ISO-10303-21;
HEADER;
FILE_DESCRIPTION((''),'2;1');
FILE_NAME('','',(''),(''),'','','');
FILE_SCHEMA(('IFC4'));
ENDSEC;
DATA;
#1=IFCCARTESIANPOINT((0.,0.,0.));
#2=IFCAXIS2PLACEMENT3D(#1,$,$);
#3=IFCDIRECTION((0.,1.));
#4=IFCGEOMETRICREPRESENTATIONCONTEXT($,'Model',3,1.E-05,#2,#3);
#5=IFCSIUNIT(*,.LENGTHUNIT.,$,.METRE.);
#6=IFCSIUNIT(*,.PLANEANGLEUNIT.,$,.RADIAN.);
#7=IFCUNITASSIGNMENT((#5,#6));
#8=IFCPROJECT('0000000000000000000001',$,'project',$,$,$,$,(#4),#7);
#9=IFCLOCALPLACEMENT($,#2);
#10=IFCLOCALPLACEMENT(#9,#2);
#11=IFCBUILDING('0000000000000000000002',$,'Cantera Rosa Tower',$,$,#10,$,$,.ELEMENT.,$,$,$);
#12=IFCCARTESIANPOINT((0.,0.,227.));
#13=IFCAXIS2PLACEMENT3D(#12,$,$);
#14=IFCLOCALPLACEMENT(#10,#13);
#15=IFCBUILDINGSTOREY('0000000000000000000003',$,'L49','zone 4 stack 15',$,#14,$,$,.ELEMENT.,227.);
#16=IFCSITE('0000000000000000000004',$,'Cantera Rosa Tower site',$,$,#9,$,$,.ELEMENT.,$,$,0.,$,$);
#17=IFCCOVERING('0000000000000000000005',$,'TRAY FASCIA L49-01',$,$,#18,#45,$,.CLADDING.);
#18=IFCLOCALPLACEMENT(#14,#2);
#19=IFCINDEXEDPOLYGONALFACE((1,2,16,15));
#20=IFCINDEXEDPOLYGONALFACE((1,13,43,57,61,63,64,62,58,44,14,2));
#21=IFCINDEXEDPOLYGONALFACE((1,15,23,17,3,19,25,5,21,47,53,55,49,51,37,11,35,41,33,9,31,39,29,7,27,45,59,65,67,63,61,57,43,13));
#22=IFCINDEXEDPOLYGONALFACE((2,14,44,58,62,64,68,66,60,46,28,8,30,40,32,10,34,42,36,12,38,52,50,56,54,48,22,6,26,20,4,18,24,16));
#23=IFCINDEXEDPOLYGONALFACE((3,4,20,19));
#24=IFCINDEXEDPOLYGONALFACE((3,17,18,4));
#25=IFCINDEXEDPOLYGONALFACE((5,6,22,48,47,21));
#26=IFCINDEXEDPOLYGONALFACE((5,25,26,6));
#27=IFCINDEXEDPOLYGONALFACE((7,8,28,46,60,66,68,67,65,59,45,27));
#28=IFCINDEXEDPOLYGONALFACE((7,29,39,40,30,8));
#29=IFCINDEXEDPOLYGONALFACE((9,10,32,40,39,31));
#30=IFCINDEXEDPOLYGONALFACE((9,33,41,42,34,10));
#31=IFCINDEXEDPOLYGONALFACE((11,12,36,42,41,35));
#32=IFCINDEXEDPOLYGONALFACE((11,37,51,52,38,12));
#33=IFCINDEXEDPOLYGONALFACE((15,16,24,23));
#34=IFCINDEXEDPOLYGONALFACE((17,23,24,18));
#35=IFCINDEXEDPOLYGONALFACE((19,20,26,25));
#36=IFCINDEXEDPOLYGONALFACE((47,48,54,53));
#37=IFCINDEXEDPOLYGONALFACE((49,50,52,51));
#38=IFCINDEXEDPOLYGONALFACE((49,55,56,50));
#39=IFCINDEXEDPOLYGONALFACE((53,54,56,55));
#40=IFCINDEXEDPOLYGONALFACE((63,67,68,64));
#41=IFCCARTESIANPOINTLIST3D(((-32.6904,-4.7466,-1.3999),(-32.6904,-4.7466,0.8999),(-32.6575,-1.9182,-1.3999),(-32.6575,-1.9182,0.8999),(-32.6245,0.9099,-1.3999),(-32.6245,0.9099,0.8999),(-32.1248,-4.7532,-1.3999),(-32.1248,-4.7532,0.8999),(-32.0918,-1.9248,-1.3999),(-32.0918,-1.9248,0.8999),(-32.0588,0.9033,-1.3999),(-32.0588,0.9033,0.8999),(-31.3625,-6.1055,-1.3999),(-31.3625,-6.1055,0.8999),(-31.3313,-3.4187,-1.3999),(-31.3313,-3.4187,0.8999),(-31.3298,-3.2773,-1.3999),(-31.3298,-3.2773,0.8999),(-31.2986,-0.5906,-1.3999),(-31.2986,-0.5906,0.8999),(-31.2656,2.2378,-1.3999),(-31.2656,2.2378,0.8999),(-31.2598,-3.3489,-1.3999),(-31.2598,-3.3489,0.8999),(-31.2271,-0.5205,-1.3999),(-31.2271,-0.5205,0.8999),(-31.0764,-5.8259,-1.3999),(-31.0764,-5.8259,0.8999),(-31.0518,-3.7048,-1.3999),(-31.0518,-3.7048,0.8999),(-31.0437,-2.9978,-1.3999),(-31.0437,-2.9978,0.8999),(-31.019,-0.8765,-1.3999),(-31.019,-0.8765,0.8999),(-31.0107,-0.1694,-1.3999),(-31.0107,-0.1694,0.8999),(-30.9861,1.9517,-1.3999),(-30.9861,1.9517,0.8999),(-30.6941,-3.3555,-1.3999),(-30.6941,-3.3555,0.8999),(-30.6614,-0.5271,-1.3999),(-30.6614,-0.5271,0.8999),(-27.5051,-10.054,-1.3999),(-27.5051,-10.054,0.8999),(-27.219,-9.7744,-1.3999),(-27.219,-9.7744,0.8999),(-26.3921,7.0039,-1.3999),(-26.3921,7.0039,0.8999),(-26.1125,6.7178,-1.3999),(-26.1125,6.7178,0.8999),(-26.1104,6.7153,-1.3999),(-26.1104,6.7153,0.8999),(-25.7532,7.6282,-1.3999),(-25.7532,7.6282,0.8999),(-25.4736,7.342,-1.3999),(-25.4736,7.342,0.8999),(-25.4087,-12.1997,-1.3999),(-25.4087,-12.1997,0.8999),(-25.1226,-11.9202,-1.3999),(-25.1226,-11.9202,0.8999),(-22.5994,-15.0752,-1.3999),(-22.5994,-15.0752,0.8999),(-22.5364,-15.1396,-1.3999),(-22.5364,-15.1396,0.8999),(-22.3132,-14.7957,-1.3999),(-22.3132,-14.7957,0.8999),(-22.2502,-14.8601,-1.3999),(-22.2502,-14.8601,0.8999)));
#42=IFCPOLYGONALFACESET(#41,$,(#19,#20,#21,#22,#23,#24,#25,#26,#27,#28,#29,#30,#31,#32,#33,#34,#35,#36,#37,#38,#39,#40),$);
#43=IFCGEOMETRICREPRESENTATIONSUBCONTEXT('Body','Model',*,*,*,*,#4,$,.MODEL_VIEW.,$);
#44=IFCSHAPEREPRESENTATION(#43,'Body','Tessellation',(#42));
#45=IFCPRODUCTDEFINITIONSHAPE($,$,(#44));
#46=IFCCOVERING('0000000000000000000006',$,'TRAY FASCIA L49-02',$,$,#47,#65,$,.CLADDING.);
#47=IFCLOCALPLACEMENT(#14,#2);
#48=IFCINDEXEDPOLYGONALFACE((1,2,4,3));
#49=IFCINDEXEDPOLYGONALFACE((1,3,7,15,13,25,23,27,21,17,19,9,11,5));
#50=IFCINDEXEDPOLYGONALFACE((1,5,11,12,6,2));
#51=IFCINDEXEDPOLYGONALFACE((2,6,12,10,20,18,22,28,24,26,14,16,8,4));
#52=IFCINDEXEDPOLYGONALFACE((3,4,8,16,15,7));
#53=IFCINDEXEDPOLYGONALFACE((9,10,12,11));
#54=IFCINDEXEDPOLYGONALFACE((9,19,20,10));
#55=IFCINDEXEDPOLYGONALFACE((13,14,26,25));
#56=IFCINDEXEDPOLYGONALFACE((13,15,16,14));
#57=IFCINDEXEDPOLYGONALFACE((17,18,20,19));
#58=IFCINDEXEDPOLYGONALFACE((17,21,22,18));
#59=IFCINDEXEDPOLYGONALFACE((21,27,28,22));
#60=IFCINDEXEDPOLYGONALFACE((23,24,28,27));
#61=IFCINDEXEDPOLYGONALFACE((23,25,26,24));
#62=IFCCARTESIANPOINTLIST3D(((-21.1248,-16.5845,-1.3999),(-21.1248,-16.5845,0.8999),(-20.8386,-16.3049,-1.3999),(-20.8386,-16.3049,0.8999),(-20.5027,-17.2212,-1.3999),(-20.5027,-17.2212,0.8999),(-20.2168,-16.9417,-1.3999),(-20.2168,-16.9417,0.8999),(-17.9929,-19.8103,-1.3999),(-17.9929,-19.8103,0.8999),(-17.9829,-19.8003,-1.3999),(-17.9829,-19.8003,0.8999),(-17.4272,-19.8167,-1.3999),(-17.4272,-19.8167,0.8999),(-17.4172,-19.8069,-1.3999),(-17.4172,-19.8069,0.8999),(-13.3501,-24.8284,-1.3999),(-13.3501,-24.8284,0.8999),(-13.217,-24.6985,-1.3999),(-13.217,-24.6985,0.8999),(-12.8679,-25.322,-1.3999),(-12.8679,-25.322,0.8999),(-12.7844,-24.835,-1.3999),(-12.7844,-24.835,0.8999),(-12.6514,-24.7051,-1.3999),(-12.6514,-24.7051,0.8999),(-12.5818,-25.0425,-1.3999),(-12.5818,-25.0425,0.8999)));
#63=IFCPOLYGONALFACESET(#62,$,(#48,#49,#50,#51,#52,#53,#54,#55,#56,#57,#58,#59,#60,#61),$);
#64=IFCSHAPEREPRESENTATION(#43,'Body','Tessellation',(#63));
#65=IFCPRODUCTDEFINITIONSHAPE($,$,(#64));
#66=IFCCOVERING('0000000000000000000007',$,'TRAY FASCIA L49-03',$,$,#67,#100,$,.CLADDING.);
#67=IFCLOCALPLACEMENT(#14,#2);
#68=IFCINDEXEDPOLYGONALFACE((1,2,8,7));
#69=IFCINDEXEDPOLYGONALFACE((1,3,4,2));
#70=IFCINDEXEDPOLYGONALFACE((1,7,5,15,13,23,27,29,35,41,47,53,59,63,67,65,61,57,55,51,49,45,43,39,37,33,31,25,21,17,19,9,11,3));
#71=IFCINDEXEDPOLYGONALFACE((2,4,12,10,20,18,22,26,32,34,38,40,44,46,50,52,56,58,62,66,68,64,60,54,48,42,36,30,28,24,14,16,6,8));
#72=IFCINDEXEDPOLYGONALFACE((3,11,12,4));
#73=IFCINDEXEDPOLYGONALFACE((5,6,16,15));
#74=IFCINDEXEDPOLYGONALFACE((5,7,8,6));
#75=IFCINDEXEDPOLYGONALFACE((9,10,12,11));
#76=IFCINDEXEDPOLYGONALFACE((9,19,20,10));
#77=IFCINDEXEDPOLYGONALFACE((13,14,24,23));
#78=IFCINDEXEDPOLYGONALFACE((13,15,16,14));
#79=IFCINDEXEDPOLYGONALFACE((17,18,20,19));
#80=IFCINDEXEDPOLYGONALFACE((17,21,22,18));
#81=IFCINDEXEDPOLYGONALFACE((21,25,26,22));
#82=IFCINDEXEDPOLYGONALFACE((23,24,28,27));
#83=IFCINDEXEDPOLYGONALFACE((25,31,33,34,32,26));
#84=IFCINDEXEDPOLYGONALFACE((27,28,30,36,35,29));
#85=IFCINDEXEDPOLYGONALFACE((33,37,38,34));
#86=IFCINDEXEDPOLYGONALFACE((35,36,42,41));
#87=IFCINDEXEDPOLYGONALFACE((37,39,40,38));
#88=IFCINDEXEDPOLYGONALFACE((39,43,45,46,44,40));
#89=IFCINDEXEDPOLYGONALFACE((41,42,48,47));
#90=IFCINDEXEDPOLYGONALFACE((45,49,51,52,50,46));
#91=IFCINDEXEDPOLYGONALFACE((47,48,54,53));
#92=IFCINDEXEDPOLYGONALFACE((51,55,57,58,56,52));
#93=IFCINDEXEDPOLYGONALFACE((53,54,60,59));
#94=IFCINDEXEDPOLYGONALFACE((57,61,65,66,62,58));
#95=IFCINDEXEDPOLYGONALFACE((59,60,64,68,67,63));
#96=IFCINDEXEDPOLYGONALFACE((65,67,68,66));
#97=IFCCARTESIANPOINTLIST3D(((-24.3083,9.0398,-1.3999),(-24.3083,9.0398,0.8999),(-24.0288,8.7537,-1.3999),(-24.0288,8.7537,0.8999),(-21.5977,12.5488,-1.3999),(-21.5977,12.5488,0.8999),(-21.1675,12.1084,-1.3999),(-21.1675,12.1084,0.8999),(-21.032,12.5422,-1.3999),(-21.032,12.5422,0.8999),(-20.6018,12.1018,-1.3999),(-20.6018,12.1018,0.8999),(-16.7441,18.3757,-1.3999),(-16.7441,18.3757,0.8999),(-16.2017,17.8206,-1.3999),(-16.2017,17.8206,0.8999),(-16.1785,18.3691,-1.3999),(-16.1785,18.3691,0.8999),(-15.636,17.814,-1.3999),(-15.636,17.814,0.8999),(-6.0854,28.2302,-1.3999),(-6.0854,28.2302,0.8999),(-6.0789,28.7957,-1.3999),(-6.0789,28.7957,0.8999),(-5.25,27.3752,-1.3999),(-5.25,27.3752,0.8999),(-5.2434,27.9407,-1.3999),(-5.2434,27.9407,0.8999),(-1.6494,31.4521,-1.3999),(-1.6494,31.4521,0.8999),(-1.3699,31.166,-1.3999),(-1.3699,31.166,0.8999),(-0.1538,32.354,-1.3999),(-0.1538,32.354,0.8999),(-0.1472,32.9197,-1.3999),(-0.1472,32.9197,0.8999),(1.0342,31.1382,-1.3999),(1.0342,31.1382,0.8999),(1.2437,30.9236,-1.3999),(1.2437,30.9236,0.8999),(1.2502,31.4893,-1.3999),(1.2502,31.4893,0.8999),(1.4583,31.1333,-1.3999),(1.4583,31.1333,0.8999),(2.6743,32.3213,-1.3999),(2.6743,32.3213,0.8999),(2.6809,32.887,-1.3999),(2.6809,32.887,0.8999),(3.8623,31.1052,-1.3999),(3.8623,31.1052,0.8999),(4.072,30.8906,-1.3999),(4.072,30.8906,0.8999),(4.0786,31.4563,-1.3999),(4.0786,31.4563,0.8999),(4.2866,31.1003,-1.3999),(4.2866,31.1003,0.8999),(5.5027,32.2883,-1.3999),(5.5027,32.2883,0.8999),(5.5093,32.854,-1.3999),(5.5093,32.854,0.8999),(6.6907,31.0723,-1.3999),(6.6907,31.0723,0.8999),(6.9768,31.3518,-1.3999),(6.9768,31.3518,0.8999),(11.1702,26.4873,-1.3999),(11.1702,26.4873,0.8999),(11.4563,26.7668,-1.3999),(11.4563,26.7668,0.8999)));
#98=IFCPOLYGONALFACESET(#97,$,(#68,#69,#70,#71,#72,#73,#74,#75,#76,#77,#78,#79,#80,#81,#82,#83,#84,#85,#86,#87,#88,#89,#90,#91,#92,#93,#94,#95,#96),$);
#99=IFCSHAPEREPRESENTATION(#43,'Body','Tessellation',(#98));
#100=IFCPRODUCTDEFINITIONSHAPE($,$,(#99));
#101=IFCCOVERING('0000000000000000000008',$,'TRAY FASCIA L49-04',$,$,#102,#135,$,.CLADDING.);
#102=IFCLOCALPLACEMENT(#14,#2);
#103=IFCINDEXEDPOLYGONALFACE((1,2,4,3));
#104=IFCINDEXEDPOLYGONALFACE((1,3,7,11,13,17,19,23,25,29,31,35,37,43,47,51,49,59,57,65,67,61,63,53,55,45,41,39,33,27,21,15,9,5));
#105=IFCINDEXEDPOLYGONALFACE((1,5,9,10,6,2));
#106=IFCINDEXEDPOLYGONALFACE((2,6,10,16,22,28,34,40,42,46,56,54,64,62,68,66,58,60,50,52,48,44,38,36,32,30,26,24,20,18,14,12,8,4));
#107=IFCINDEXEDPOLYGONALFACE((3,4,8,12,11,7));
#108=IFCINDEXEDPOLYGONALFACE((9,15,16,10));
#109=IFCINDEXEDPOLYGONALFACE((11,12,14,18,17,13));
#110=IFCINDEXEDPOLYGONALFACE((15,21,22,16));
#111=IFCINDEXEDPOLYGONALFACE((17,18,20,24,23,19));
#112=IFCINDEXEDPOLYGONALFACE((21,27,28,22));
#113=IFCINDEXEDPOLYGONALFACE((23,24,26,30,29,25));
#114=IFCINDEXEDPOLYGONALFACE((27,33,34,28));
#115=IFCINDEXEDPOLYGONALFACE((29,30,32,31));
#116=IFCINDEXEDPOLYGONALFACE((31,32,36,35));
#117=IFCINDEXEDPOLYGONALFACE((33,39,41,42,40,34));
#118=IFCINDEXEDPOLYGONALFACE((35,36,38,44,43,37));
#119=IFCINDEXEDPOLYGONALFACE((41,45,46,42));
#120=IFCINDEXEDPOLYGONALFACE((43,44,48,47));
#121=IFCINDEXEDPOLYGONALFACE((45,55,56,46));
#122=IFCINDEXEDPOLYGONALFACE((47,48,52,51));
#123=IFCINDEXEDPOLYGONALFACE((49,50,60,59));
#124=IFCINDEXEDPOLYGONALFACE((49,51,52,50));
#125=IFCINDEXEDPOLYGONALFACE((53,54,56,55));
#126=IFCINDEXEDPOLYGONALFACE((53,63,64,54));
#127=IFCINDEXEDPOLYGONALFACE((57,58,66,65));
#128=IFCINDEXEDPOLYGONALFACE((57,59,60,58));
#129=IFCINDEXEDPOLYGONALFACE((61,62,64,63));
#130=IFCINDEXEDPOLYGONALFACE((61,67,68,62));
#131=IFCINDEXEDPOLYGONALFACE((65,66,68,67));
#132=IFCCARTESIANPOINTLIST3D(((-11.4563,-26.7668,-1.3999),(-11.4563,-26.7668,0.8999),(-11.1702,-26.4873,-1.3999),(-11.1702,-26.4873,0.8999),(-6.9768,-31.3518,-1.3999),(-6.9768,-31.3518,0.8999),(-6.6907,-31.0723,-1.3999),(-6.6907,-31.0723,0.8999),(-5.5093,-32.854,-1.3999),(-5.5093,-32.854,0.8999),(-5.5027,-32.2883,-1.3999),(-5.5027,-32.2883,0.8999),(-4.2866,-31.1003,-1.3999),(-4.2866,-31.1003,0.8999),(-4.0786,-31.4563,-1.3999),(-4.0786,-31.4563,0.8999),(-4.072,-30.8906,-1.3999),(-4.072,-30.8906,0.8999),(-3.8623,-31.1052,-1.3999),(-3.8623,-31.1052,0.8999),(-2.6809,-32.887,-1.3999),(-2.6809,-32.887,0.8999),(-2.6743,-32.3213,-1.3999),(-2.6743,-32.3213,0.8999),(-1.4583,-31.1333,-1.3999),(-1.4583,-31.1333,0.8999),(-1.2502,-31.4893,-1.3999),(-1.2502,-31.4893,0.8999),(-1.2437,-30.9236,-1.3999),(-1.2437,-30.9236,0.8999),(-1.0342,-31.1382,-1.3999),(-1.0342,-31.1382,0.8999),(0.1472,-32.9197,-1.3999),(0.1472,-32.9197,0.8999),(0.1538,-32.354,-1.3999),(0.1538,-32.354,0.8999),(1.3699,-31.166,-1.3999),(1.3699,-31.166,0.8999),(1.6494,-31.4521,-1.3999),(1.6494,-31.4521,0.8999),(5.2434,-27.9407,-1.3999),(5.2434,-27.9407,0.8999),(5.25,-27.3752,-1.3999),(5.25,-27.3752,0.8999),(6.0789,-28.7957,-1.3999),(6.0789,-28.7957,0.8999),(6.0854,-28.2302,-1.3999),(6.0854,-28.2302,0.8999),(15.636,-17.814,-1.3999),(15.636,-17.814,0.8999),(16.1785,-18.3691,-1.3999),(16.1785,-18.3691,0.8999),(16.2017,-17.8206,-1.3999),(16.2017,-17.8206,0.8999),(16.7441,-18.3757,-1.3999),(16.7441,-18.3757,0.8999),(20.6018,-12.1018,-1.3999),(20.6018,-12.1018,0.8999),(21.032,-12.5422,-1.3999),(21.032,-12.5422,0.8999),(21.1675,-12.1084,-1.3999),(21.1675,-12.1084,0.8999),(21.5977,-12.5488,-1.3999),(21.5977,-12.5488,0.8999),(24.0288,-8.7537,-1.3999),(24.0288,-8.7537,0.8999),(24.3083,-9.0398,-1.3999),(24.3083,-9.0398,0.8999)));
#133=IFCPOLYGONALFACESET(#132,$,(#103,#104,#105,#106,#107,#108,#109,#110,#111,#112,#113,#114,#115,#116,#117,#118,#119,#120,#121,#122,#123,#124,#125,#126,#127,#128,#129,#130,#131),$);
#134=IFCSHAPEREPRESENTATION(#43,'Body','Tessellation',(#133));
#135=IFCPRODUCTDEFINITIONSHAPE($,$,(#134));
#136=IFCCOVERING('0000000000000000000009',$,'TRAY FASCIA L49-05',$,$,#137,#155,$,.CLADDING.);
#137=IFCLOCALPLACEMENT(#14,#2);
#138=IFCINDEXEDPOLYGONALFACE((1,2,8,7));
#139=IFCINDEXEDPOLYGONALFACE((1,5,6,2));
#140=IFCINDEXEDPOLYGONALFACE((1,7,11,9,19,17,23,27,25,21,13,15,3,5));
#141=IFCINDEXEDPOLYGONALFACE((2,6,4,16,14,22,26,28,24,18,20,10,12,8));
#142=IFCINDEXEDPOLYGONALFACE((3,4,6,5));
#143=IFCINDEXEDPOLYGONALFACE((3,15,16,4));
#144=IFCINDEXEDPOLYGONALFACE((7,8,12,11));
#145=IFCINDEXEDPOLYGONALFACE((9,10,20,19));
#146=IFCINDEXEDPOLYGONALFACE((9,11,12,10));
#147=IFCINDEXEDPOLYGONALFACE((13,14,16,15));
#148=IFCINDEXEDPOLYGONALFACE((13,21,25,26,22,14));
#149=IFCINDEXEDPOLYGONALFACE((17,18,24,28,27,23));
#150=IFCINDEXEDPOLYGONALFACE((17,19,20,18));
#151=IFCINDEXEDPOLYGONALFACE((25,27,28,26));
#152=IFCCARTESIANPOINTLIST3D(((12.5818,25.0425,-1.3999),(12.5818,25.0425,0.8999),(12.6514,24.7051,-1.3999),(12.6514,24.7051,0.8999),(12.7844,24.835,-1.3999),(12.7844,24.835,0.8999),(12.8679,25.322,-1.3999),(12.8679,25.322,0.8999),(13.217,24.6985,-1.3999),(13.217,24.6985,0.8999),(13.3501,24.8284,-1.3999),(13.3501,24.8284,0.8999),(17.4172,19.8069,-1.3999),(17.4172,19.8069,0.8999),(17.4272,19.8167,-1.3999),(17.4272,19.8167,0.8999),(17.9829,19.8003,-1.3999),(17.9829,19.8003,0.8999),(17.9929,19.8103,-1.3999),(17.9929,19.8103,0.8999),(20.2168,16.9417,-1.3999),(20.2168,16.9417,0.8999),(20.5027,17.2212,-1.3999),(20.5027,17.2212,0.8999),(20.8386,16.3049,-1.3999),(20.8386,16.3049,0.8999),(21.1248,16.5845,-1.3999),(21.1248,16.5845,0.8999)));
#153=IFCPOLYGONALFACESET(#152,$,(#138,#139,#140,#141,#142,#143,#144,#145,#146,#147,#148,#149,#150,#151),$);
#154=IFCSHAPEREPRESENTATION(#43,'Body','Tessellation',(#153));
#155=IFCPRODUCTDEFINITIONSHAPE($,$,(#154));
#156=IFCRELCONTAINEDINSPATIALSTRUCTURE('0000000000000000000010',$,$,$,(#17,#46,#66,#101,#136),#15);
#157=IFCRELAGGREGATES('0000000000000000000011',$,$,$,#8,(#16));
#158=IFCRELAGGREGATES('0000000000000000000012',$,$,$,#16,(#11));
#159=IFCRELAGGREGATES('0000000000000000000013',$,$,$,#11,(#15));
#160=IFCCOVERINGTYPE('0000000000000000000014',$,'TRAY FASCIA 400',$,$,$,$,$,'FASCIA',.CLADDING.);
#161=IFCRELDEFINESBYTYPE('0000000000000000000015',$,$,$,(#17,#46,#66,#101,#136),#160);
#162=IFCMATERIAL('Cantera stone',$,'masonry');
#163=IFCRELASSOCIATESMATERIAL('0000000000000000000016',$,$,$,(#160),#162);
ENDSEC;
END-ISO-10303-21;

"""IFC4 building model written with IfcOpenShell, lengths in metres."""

from ifc_helpers import new_model, si_unit, direction, frame, origin, place, context, subcontext, project, spatial, polyline, outline, extrude, material, type_object, element, save


model = new_model("IFC4")

# Units and contexts
model_context = context("Model", 3, precision=1e-05, world=origin(), true_north=direction((0.0, 1.0)))
body_context = subcontext(model_context, "Body", "Model", "MODEL_VIEW")
ifc_project = project(units=[si_unit("LENGTHUNIT", "METRE"), si_unit("PLANEANGLEUNIT", "RADIAN")], contexts=[model_context])

# Site, building, storey
site_placement = place(None, origin())
site = spatial("IfcSite", under=ifc_project, at=site_placement, Name="Cantera Rosa Tower site", CompositionType="ELEMENT", RefElevation=0.0)
building_placement = place(site_placement, origin())
building = spatial("IfcBuilding", under=site, at=building_placement, Name="Cantera Rosa Tower", CompositionType="ELEMENT")
storey_placement = place(building_placement, frame((0.0, 0.0, 227.0)))
storey = spatial("IfcBuildingStorey", under=building, at=storey_placement, Name="L49", Description="zone 4 stack 15", CompositionType="ELEMENT", Elevation=227.0)

# Coverings
ifc_material_1 = material(Name="Cantera stone", Category="masonry")
covering_type = type_object("IfcCoveringType", Name="TRAY FASCIA 400", ElementType="FASCIA", PredefinedType="CLADDING", material=ifc_material_1)
covering_1_placement = place(storey_placement, frame((0.0, 0.0, -1.3999)))
element("IfcCovering", 1, at=covering_1_placement, inside=storey, type_object=covering_type, Name="TRAY FASCIA L49-01", PredefinedType="CLADDING", context=body_context, shape_type="SweptSolid", body=[
    extrude(outline(polyline([(-22.5994, -15.0752), (-25.4087, -12.1997), (-27.5051, -10.054), (-31.3625, -6.1055), (-32.6904, -4.7466), (-31.3313, -3.4187), (-31.2598, -3.3489), (-31.3298, -3.2773), (-32.6575, -1.9182), (-31.2986, -0.5906), (-31.2271, -0.5205), (-32.6245, 0.9099), (-31.2656, 2.2378), (-26.3921, 7.0039), (-25.7532, 7.6282), (-25.4736, 7.342), (-26.1125, 6.7178), (-26.1104, 6.7153), (-30.9861, 1.9517), (-32.0588, 0.9033), (-31.0107, -0.1694), (-30.6614, -0.5271), (-31.019, -0.8765), (-32.0918, -1.9248), (-31.0437, -2.9978), (-30.6941, -3.3555), (-31.0518, -3.7048), (-32.1248, -4.7532), (-31.0764, -5.8259), (-27.219, -9.7744), (-25.1226, -11.9202), (-22.3132, -14.7957), (-22.2502, -14.8601), (-22.5364, -15.1396), (-22.5994, -15.0752)])), origin(), (0.0, 0.0, 1.0), 2.2998),
])
covering_2_placement = place(storey_placement, frame((0.0, 0.0, -1.3999)))
element("IfcCovering", 2, at=covering_2_placement, inside=storey, type_object=covering_type, Name="TRAY FASCIA L49-02", PredefinedType="CLADDING", context=body_context, shape_type="SweptSolid", body=[
    extrude(outline(polyline([(-21.1248, -16.5845), (-20.8386, -16.3049), (-20.2168, -16.9417), (-17.4172, -19.8069), (-17.4272, -19.8167), (-12.6514, -24.7051), (-12.7844, -24.835), (-12.5818, -25.0425), (-12.8679, -25.322), (-13.3501, -24.8284), (-13.217, -24.6985), (-17.9929, -19.8103), (-17.9829, -19.8003), (-20.5027, -17.2212), (-21.1248, -16.5845)])), origin(), (0.0, 0.0, 1.0), 2.2998),
])
covering_3_placement = place(storey_placement, frame((0.0, 0.0, -1.3999)))
element("IfcCovering", 3, at=covering_3_placement, inside=storey, type_object=covering_type, Name="TRAY FASCIA L49-03", PredefinedType="CLADDING", context=body_context, shape_type="SweptSolid", body=[
    extrude(outline(polyline([(-21.1675, 12.1084), (-21.5977, 12.5488), (-16.2017, 17.8206), (-16.7441, 18.3757), (-6.0789, 28.7957), (-5.2434, 27.9407), (-1.6494, 31.4521), (-0.1472, 32.9197), (1.2502, 31.4893), (2.6809, 32.887), (4.0786, 31.4563), (5.5093, 32.854), (6.9768, 31.3518), (11.4563, 26.7668), (11.1702, 26.4873), (6.6907, 31.0723), (5.5027, 32.2883), (4.2866, 31.1003), (4.072, 30.8906), (3.8623, 31.1052), (2.6743, 32.3213), (1.4583, 31.1333), (1.2437, 30.9236), (1.0342, 31.1382), (-0.1538, 32.354), (-1.3699, 31.166), (-5.25, 27.3752), (-6.0854, 28.2302), (-16.1785, 18.3691), (-15.636, 17.814), (-21.032, 12.5422), (-20.6018, 12.1018), (-24.0288, 8.7537), (-24.3083, 9.0398), (-21.1675, 12.1084)])), origin(), (0.0, 0.0, 1.0), 2.2998),
])
covering_4_placement = place(storey_placement, frame((0.0, 0.0, -1.3999)))
element("IfcCovering", 4, at=covering_4_placement, inside=storey, type_object=covering_type, Name="TRAY FASCIA L49-04", PredefinedType="CLADDING", context=body_context, shape_type="SweptSolid", body=[
    extrude(outline(polyline([(21.1675, -12.1084), (21.5977, -12.5488), (16.2017, -17.8206), (16.7441, -18.3757), (6.0789, -28.7957), (5.2434, -27.9407), (1.6494, -31.4521), (0.1472, -32.9197), (-1.2502, -31.4893), (-2.6809, -32.887), (-4.0786, -31.4563), (-5.5093, -32.854), (-6.9768, -31.3518), (-11.4563, -26.7668), (-11.1702, -26.4873), (-6.6907, -31.0723), (-5.5027, -32.2883), (-4.2866, -31.1003), (-4.072, -30.8906), (-3.8623, -31.1052), (-2.6743, -32.3213), (-1.4583, -31.1333), (-1.2437, -30.9236), (-1.0342, -31.1382), (0.1538, -32.354), (1.3699, -31.166), (5.25, -27.3752), (6.0854, -28.2302), (16.1785, -18.3691), (15.636, -17.814), (21.032, -12.5422), (20.6018, -12.1018), (24.0288, -8.7537), (24.3083, -9.0398), (21.1675, -12.1084)])), origin(), (0.0, 0.0, 1.0), 2.2998),
])
covering_5_placement = place(storey_placement, frame((0.0, 0.0, -1.3999)))
element("IfcCovering", 5, at=covering_5_placement, inside=storey, type_object=covering_type, Name="TRAY FASCIA L49-05", PredefinedType="CLADDING", context=body_context, shape_type="SweptSolid", body=[
    extrude(outline(polyline([(13.3501, 24.8284), (13.217, 24.6985), (17.9929, 19.8103), (17.9829, 19.8003), (20.5027, 17.2212), (21.1248, 16.5845), (20.8386, 16.3049), (20.2168, 16.9417), (17.4172, 19.8069), (17.4272, 19.8167), (12.6514, 24.7051), (12.7844, 24.835), (12.5818, 25.0425), (12.8679, 25.322), (13.3501, 24.8284)])), origin(), (0.0, 0.0, 1.0), 2.2998),
])

save(model, "model.ifc")
